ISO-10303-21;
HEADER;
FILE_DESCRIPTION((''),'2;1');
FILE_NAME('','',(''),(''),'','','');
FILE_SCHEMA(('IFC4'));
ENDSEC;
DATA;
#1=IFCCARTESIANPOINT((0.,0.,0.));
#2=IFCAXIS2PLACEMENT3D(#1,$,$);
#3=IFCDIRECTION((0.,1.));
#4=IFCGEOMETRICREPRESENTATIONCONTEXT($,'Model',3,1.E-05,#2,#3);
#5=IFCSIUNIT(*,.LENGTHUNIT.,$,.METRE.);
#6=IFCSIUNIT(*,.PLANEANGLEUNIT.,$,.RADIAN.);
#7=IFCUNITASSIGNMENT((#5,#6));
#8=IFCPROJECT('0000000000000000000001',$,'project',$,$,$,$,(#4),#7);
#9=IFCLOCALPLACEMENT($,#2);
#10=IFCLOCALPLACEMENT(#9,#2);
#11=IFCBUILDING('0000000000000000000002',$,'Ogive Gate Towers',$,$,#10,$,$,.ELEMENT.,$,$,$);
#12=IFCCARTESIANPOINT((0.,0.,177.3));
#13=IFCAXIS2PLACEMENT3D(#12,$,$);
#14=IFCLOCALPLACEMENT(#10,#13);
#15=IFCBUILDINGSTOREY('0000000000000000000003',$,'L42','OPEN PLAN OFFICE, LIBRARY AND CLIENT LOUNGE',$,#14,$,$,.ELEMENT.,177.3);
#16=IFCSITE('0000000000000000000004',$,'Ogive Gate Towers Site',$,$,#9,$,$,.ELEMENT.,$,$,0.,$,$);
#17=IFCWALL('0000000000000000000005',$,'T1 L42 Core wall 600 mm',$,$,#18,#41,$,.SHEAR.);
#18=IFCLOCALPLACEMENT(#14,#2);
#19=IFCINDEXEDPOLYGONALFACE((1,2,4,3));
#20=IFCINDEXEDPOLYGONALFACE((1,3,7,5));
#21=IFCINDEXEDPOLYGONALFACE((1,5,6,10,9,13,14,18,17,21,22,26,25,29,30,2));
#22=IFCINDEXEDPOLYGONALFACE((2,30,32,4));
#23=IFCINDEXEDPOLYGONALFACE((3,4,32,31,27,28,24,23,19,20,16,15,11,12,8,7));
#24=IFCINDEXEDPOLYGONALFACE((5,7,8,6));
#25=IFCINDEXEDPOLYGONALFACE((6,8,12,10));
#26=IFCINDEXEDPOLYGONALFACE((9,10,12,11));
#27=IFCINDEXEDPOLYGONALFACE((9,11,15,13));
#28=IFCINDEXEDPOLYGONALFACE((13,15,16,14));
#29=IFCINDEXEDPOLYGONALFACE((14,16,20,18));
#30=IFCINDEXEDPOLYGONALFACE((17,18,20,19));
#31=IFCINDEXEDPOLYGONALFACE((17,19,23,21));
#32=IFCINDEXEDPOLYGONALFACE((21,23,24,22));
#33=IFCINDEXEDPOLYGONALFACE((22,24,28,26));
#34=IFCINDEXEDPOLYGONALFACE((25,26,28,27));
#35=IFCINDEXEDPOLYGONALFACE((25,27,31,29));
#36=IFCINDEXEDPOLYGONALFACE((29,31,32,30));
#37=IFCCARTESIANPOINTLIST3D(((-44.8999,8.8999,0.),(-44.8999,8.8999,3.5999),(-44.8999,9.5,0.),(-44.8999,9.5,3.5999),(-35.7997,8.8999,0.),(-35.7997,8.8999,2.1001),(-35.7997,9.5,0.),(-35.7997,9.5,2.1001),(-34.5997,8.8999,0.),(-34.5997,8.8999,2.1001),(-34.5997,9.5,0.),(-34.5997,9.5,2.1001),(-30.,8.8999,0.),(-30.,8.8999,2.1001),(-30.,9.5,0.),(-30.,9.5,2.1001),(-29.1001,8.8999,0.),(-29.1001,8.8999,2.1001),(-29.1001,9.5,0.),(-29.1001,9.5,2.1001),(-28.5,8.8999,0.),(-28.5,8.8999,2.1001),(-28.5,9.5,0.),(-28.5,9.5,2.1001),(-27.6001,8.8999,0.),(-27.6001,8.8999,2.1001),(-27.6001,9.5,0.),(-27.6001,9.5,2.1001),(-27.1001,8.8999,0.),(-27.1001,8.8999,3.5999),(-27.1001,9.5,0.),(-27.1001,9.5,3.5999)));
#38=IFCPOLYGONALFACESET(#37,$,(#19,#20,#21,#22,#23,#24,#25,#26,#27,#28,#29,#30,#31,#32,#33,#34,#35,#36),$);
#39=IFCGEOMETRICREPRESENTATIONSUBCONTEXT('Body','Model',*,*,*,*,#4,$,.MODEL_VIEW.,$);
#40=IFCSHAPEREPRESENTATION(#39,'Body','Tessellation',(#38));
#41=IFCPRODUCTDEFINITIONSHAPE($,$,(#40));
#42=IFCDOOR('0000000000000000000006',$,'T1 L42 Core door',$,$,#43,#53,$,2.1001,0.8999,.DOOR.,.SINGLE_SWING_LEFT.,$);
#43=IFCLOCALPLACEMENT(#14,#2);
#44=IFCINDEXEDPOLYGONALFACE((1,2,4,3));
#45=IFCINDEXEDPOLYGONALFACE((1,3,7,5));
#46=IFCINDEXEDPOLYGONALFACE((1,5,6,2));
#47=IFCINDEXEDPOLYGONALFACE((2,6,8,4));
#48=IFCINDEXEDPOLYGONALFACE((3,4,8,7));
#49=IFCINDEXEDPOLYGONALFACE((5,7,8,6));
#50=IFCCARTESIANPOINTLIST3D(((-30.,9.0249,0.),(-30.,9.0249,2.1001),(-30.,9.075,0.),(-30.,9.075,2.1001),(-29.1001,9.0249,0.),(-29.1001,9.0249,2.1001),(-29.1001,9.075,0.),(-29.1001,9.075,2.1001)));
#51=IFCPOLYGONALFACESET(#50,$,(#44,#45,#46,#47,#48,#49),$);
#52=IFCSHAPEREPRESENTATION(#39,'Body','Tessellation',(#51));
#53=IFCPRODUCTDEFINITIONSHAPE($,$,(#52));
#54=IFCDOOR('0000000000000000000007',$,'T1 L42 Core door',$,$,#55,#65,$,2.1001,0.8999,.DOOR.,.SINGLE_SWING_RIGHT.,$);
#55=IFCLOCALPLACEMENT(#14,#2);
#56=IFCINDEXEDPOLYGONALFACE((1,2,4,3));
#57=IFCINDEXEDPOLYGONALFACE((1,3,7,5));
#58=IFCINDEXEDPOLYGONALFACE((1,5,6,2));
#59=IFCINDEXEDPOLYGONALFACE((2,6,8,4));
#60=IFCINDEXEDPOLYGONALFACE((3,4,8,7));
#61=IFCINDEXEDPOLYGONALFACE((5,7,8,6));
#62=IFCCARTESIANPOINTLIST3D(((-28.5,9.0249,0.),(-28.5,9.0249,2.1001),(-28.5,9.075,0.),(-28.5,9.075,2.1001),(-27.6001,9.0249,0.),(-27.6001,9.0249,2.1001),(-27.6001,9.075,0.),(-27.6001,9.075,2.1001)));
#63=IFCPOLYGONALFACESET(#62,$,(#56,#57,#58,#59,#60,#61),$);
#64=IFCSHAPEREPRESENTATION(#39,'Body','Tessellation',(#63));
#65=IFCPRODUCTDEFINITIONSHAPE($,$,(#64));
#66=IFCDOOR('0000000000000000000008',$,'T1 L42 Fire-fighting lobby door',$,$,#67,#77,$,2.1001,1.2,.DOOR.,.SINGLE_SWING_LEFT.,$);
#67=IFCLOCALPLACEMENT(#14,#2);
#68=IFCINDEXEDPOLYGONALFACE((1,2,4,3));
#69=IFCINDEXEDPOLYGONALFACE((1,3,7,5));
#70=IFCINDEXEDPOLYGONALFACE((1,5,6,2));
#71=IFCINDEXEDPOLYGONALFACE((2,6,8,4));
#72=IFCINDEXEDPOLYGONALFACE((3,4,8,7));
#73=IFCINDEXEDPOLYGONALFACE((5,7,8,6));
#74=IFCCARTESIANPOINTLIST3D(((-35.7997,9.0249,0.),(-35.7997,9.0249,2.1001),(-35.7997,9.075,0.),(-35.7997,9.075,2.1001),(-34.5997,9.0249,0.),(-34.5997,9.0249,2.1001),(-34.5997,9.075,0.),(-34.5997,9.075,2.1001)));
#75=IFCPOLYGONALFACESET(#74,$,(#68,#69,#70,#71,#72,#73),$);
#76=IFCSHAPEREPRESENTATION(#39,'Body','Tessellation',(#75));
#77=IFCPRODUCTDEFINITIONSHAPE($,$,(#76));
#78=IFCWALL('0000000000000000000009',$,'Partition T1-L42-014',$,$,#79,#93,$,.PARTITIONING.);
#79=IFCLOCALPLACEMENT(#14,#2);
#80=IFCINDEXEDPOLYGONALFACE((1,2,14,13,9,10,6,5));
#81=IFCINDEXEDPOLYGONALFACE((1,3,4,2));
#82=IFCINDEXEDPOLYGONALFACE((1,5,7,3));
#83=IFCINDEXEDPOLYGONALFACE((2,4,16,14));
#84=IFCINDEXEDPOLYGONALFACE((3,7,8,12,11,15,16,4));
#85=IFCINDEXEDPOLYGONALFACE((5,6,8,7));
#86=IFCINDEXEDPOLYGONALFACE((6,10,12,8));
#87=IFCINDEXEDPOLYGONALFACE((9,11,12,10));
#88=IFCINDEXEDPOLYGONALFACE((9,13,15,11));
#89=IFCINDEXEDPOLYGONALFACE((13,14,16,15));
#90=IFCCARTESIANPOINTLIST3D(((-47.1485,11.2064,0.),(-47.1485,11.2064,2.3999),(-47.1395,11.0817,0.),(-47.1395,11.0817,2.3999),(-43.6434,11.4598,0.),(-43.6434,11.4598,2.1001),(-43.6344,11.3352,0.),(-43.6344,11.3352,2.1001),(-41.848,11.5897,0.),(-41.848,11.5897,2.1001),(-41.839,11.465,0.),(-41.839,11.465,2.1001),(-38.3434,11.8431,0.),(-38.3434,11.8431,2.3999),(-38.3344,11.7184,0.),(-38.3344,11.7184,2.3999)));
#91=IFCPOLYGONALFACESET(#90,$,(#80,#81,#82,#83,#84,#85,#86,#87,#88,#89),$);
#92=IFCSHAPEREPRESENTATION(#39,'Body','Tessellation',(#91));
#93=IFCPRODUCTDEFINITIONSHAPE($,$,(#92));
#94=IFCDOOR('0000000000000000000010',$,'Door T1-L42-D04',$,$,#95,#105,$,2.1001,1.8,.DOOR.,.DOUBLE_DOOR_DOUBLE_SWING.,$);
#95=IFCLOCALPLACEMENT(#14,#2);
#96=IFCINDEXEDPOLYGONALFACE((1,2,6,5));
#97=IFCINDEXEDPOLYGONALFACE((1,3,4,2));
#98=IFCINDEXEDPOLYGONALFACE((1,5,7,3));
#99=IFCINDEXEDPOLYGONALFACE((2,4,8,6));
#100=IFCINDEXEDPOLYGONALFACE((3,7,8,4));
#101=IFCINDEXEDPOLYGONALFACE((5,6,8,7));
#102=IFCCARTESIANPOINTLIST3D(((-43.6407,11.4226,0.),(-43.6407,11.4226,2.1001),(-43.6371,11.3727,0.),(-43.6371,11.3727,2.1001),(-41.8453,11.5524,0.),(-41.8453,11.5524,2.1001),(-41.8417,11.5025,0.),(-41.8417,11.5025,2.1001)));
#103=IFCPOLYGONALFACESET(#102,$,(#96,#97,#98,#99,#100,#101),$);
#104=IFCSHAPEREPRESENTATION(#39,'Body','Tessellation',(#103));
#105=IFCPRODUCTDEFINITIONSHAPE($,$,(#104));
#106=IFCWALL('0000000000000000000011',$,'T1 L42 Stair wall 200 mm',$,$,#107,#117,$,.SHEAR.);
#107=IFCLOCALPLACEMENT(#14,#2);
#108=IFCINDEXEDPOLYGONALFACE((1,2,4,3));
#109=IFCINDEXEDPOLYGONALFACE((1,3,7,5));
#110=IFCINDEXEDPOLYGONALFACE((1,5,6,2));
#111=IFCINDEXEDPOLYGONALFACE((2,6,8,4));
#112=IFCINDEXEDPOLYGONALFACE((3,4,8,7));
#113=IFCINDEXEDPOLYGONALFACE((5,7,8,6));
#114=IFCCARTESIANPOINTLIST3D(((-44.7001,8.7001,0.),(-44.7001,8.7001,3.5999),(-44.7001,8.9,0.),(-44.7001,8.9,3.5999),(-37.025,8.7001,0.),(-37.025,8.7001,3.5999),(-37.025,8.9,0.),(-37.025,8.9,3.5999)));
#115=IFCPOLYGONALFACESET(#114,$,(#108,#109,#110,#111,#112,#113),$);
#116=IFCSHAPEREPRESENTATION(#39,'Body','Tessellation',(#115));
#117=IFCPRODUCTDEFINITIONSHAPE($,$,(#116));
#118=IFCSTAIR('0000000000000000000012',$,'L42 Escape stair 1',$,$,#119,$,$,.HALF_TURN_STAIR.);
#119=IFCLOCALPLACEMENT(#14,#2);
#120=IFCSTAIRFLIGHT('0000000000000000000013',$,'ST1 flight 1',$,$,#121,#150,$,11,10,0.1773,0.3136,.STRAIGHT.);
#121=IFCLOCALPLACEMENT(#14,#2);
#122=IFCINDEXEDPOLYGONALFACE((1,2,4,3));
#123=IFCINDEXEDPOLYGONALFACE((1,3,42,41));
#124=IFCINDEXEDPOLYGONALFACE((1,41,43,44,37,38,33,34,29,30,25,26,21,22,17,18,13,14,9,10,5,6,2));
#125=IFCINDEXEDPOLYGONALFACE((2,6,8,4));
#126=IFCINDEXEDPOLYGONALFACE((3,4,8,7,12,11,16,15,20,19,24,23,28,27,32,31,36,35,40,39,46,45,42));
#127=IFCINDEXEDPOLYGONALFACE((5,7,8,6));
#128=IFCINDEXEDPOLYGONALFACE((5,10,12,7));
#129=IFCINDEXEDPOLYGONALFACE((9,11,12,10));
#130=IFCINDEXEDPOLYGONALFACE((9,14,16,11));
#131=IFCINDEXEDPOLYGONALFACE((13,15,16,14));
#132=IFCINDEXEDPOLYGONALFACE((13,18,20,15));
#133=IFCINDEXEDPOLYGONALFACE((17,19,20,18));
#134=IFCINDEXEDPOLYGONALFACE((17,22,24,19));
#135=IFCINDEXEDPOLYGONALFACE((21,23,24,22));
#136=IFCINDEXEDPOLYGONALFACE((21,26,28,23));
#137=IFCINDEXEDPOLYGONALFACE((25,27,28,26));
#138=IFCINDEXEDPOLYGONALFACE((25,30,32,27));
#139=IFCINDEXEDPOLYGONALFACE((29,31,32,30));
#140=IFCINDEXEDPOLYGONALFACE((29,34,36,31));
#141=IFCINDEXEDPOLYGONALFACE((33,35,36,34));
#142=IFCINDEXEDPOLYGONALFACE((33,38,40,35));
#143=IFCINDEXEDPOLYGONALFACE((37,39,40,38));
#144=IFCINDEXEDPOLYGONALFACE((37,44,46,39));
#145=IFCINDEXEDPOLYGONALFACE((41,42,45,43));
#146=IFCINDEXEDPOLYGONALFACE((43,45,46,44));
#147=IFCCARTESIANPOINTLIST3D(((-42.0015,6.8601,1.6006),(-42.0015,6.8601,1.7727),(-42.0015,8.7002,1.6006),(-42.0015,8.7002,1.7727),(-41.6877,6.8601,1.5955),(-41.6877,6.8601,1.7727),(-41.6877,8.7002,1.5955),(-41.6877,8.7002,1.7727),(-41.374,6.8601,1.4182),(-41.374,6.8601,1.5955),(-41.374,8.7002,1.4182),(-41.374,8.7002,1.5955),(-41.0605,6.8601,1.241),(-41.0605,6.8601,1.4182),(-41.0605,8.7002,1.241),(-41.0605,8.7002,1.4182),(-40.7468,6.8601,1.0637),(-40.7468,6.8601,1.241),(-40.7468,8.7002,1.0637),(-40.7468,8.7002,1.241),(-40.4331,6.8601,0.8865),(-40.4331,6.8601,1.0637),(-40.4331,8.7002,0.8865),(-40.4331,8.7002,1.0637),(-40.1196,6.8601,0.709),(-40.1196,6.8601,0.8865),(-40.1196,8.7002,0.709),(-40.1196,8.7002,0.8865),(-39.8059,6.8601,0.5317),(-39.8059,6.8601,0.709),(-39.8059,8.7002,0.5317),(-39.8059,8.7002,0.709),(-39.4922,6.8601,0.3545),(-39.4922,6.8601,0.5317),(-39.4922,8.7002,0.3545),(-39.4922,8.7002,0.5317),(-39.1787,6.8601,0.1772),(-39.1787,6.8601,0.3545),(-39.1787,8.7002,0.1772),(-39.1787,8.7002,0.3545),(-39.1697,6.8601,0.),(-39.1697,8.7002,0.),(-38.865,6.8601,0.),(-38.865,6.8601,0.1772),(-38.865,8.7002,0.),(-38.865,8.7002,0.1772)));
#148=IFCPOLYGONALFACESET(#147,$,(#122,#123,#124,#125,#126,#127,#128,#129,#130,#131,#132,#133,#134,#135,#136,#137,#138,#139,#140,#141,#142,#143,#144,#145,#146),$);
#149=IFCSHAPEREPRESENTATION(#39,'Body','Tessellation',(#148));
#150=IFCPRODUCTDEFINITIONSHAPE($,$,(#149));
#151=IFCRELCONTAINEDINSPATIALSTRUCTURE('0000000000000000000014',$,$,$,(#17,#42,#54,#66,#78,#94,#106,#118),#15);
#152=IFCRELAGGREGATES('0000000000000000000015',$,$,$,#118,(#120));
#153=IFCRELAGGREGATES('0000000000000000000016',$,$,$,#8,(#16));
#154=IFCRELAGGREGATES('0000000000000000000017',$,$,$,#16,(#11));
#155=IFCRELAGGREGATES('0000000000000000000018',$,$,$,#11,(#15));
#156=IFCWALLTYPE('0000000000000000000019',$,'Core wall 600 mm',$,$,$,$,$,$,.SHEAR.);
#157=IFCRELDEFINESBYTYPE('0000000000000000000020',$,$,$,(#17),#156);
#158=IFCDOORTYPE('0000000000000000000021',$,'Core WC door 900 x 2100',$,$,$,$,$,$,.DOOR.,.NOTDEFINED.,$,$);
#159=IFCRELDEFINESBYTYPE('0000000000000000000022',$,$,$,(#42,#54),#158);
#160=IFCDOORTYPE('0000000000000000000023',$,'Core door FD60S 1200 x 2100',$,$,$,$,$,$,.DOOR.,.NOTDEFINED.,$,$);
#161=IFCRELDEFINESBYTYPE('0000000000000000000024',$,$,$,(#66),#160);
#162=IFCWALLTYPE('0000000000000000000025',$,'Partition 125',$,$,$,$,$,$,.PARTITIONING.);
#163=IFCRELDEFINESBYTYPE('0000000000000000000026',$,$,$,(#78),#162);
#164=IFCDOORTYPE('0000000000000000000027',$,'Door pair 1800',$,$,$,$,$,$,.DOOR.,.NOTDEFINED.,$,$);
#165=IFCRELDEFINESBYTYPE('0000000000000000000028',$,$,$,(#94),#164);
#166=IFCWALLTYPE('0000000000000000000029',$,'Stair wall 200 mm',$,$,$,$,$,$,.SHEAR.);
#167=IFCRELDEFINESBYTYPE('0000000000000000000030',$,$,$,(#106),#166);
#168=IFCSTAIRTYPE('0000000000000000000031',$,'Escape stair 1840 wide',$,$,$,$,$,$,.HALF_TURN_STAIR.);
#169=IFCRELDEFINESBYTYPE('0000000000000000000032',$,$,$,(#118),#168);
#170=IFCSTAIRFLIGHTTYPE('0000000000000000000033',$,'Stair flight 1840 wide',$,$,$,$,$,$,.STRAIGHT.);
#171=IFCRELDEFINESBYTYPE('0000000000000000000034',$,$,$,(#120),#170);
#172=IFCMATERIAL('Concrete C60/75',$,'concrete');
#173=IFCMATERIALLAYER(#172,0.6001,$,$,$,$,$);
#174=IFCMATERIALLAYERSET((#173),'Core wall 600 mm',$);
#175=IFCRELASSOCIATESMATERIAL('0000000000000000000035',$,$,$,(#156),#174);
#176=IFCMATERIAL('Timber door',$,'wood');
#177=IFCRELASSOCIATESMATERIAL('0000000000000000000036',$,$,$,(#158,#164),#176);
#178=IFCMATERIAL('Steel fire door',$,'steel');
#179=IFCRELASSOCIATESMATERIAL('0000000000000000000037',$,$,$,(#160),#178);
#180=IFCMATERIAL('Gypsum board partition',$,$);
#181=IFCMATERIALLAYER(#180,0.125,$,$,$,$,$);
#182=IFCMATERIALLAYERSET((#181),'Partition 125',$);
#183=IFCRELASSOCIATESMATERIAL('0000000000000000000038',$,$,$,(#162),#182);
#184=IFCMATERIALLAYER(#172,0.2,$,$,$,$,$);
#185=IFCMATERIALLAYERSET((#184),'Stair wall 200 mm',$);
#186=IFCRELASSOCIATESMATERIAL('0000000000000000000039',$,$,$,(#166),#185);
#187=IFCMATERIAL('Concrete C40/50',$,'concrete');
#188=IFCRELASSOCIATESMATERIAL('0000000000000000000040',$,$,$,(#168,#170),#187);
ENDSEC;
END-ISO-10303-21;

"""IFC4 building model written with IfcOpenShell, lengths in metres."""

from ifc_helpers import new_model, si_unit, direction, frame, frame_2d, origin, place, context, subcontext, project, spatial, polyline, rectangle, outline, extrude, material, layer, layer_set, type_object, element, fill, aggregate, save


model = new_model("IFC4")

# Units and contexts
model_context = context("Model", 3, precision=1e-05, world=origin(), true_north=direction((0.0, 1.0)))
body_context = subcontext(model_context, "Body", "Model", "MODEL_VIEW")
ifc_project = project(units=[si_unit("LENGTHUNIT", "METRE"), si_unit("PLANEANGLEUNIT", "RADIAN")], contexts=[model_context])

# Site, building, storey
site_placement = place(None, origin())
site = spatial("IfcSite", under=ifc_project, at=site_placement, Name="Ogive Gate Towers Site", CompositionType="ELEMENT", RefElevation=0.0)
building_placement = place(site_placement, origin())
building = spatial("IfcBuilding", under=site, at=building_placement, Name="Ogive Gate Towers", CompositionType="ELEMENT")
storey_placement = place(building_placement, frame((0.0, 0.0, 177.3)))
storey = spatial("IfcBuildingStorey", under=building, at=storey_placement, Name="L42", Description="OPEN PLAN OFFICE, LIBRARY AND CLIENT LOUNGE", CompositionType="ELEMENT", Elevation=177.3)

# Shared definitions
ifc_material_1 = material(Name="Timber door", Category="wood")

# Wall, openings, doors
ifc_material_2 = material(Name="Concrete C60/75", Category="concrete")
ifc_layer_1 = layer(ifc_material_2, 0.6001)
ifc_layer_set_1 = layer_set([ifc_layer_1], Name="Core wall 600 mm")
wall_type_1 = type_object("IfcWallType", Name="Core wall 600 mm", PredefinedType="SHEAR", material=ifc_layer_set_1)
wall_1_placement = place(storey_placement, frame((-44.8999, 9.2, 0.0), z_axis=(0.0, 0.0, 1.0), x_axis=(1.0, 0.0, 0.0)))
wall_1 = element("IfcWall", 1, at=wall_1_placement, inside=storey, type_object=wall_type_1, Name="T1 L42 Core wall 600 mm", PredefinedType="SHEAR", context=body_context, shape_type="SweptSolid", body=[
    extrude(rectangle(XDim=17.7998, YDim=0.6001, at=frame_2d((8.8999, 0.0))), origin(), (0.0, 0.0, 1.0), 3.5999),
])
opening_1_placement = place(wall_1_placement, frame((9.1001, 0.0, 0.0)))
opening_1 = element("IfcOpeningElement", 2, at=opening_1_placement, cuts=wall_1, PredefinedType="OPENING", context=body_context, shape_type="SweptSolid", body=[
    extrude(rectangle(XDim=1.2, YDim=2.1001, at=frame_2d((0.6001, 1.05))), frame((0.0, 0.3101, 0.0), z_axis=(0.0, -1.0, 0.0), x_axis=(1.0, 0.0, 0.0)), (0.0, 0.0, 1.0), 0.6201),
])
opening_2_placement = place(wall_1_placement, frame((14.8999, 0.0, 0.0)))
opening_2 = element("IfcOpeningElement", 3, at=opening_2_placement, cuts=wall_1, PredefinedType="OPENING", context=body_context, shape_type="SweptSolid", body=[
    extrude(rectangle(XDim=0.8999, YDim=2.1001, at=frame_2d((0.45, 1.05))), frame((0.0, 0.3101, 0.0), z_axis=(0.0, -1.0, 0.0), x_axis=(1.0, 0.0, 0.0)), (0.0, 0.0, 1.0), 0.6201),
])
opening_3_placement = place(wall_1_placement, frame((16.3999, 0.0, 0.0)))
opening_3 = element("IfcOpeningElement", 4, at=opening_3_placement, cuts=wall_1, PredefinedType="OPENING", context=body_context, shape_type="SweptSolid", body=[
    extrude(rectangle(XDim=0.8999, YDim=2.1001, at=frame_2d((0.45, 1.05))), frame((0.0, 0.3101, 0.0), z_axis=(0.0, -1.0, 0.0), x_axis=(1.0, 0.0, 0.0)), (0.0, 0.0, 1.0), 0.6201),
])
door_type_1 = type_object("IfcDoorType", Name="Core WC door 900 x 2100", OperationType="NOTDEFINED", PredefinedType="DOOR", material=ifc_material_1)
door_1_placement = place(opening_2_placement, origin())
door_1 = element("IfcDoor", 5, at=door_1_placement, inside=storey, type_object=door_type_1, Name="T1 L42 Core door", OperationType="SINGLE_SWING_LEFT", OverallHeight=2.1001, OverallWidth=0.8999, PredefinedType="DOOR", context=body_context, shape_type="SweptSolid", body=[
    extrude(rectangle(XDim=0.8999, YDim=2.1001, at=frame_2d((0.45, 1.05))), frame((0.0, -0.125, 0.0), z_axis=(0.0, -1.0, 0.0), x_axis=(1.0, 0.0, 0.0)), (0.0, 0.0, 1.0), 0.05),
])
fill(opening_2, door_1)
door_2_placement = place(opening_3_placement, origin())
door_2 = element("IfcDoor", 6, at=door_2_placement, inside=storey, type_object=door_type_1, Name="T1 L42 Core door", OperationType="SINGLE_SWING_RIGHT", OverallHeight=2.1001, OverallWidth=0.8999, PredefinedType="DOOR", context=body_context, shape_type="SweptSolid", body=[
    extrude(rectangle(XDim=0.8999, YDim=2.1001, at=frame_2d((0.45, 1.05))), frame((0.0, -0.125, 0.0), z_axis=(0.0, -1.0, 0.0), x_axis=(1.0, 0.0, 0.0)), (0.0, 0.0, 1.0), 0.05),
])
fill(opening_3, door_2)
ifc_material_3 = material(Name="Steel fire door", Category="steel")
door_type_2 = type_object("IfcDoorType", Name="Core door FD60S 1200 x 2100", OperationType="NOTDEFINED", PredefinedType="DOOR", material=ifc_material_3)
door_3_placement = place(opening_1_placement, origin())
door_3 = element("IfcDoor", 7, at=door_3_placement, inside=storey, type_object=door_type_2, Name="T1 L42 Fire-fighting lobby door", OperationType="SINGLE_SWING_LEFT", OverallHeight=2.1001, OverallWidth=1.2, PredefinedType="DOOR", context=body_context, shape_type="SweptSolid", body=[
    extrude(rectangle(XDim=1.2, YDim=2.1001, at=frame_2d((0.6001, 1.05))), frame((0.0, -0.125, 0.0), z_axis=(0.0, -1.0, 0.0), x_axis=(1.0, 0.0, 0.0)), (0.0, 0.0, 1.0), 0.05),
])
fill(opening_1, door_3)

# Wall, opening, door
ifc_material_4 = material(Name="Gypsum board partition")
ifc_layer_2 = layer(ifc_material_4, 0.125)
ifc_layer_set_2 = layer_set([ifc_layer_2], Name="Partition 125")
wall_type_2 = type_object("IfcWallType", Name="Partition 125", PredefinedType="PARTITIONING", material=ifc_layer_set_2)
wall_2_placement = place(storey_placement, frame((-38.3389, 11.7808, 0.0), z_axis=(0.0, 0.0, 1.0), x_axis=(-0.997396, -0.072124, 0.0)))
wall_2 = element("IfcWall", 8, at=wall_2_placement, inside=storey, type_object=wall_type_2, Name="Partition T1-L42-014", PredefinedType="PARTITIONING", context=body_context, shape_type="SweptSolid", body=[
    extrude(rectangle(XDim=8.8281, YDim=0.125, at=frame_2d((4.4141, 0.0))), origin(), (0.0, 0.0, 1.0), 2.3999),
])
opening_4_placement = place(wall_2_placement, frame((3.5139, 0.0, 0.0)))
opening_4 = element("IfcOpeningElement", 9, at=opening_4_placement, cuts=wall_2, PredefinedType="OPENING", context=body_context, shape_type="SweptSolid", body=[
    extrude(rectangle(XDim=1.8, YDim=2.1001, at=frame_2d((0.8999, 1.05))), frame((0.0, 0.0725, 0.0), z_axis=(0.0, -1.0, 0.0), x_axis=(1.0, 0.0, 0.0)), (0.0, 0.0, 1.0), 0.145),
])
door_type_3 = type_object("IfcDoorType", Name="Door pair 1800", OperationType="NOTDEFINED", PredefinedType="DOOR", material=ifc_material_1)
door_4_placement = place(opening_4_placement, origin())
door_4 = element("IfcDoor", 10, at=door_4_placement, inside=storey, type_object=door_type_3, Name="Door T1-L42-D04", OperationType="DOUBLE_DOOR_DOUBLE_SWING", OverallHeight=2.1001, OverallWidth=1.8, PredefinedType="DOOR", context=body_context, shape_type="SweptSolid", body=[
    extrude(rectangle(XDim=1.8, YDim=2.1001, at=frame_2d((0.8999, 1.05))), frame((0.0, 0.0249, 0.0), z_axis=(0.0, -1.0, 0.0), x_axis=(1.0, 0.0, 0.0)), (0.0, 0.0, 1.0), 0.05),
])
fill(opening_4, door_4)

# Wall
ifc_layer_3 = layer(ifc_material_2, 0.2)
ifc_layer_set_3 = layer_set([ifc_layer_3], Name="Stair wall 200 mm")
wall_type_3 = type_object("IfcWallType", Name="Stair wall 200 mm", PredefinedType="SHEAR", material=ifc_layer_set_3)
wall_3_placement = place(storey_placement, frame((-44.7, 8.8, 0.0), z_axis=(0.0, 0.0, 1.0), x_axis=(1.0, 0.0, 0.0)))
element("IfcWall", 11, at=wall_3_placement, inside=storey, type_object=wall_type_3, Name="T1 L42 Stair wall 200 mm", PredefinedType="SHEAR", context=body_context, shape_type="SweptSolid", body=[
    extrude(rectangle(XDim=7.675, YDim=0.2, at=frame_2d((3.8374, 0.0))), origin(), (0.0, 0.0, 1.0), 3.5999),
])

# Stair, stair flight
ifc_material_5 = material(Name="Concrete C40/50", Category="concrete")
stair_type = type_object("IfcStairType", Name="Escape stair 1840 wide", PredefinedType="HALF_TURN_STAIR", material=ifc_material_5)
stair_placement = place(storey_placement, origin())
stair = element("IfcStair", 12, at=stair_placement, inside=storey, type_object=stair_type, Name="L42 Escape stair 1", PredefinedType="HALF_TURN_STAIR")
stair_flight_type = type_object("IfcStairFlightType", Name="Stair flight 1840 wide", PredefinedType="STRAIGHT", material=ifc_material_5)
stair_flight_placement = place(storey_placement, frame((-38.865, 7.78, 0.0), z_axis=(0.0, 0.0, 1.0), x_axis=(-1.0, 0.0, 0.0)))
stair_flight = element("IfcStairFlight", 13, at=stair_flight_placement, type_object=stair_flight_type, Name="ST1 flight 1", NumberOfRisers=11, NumberOfTreads=10, PredefinedType="STRAIGHT", RiserHeight=0.1773, TreadLength=0.3136, context=body_context, shape_type="SweptSolid", body=[
    extrude(outline(polyline([(0.0, 0.0), (0.0, 0.1772), (0.3137, 0.1772), (0.3137, 0.3545), (0.6272, 0.3545), (0.6272, 0.5317), (0.9409, 0.5317), (0.9409, 0.709), (1.2546, 0.709), (1.2546, 0.8865), (1.5681, 0.8865), (1.5681, 1.0637), (1.8818, 1.0637), (1.8818, 1.241), (2.1956, 1.241), (2.1956, 1.4182), (2.509, 1.4182), (2.509, 1.5955), (2.8228, 1.5955), (2.8228, 1.7727), (3.1365, 1.7727), (3.1365, 1.95), (3.1365, 1.6006), (0.3047, 0.0), (0.0, 0.0)])), frame((0.0, 0.9199, 0.0), z_axis=(0.0, -1.0, 0.0), x_axis=(1.0, 0.0, 0.0)), (0.0, 0.0, 1.0), 1.8401),
])
aggregate(stair, [stair_flight])

save(model, "model.ifc")
